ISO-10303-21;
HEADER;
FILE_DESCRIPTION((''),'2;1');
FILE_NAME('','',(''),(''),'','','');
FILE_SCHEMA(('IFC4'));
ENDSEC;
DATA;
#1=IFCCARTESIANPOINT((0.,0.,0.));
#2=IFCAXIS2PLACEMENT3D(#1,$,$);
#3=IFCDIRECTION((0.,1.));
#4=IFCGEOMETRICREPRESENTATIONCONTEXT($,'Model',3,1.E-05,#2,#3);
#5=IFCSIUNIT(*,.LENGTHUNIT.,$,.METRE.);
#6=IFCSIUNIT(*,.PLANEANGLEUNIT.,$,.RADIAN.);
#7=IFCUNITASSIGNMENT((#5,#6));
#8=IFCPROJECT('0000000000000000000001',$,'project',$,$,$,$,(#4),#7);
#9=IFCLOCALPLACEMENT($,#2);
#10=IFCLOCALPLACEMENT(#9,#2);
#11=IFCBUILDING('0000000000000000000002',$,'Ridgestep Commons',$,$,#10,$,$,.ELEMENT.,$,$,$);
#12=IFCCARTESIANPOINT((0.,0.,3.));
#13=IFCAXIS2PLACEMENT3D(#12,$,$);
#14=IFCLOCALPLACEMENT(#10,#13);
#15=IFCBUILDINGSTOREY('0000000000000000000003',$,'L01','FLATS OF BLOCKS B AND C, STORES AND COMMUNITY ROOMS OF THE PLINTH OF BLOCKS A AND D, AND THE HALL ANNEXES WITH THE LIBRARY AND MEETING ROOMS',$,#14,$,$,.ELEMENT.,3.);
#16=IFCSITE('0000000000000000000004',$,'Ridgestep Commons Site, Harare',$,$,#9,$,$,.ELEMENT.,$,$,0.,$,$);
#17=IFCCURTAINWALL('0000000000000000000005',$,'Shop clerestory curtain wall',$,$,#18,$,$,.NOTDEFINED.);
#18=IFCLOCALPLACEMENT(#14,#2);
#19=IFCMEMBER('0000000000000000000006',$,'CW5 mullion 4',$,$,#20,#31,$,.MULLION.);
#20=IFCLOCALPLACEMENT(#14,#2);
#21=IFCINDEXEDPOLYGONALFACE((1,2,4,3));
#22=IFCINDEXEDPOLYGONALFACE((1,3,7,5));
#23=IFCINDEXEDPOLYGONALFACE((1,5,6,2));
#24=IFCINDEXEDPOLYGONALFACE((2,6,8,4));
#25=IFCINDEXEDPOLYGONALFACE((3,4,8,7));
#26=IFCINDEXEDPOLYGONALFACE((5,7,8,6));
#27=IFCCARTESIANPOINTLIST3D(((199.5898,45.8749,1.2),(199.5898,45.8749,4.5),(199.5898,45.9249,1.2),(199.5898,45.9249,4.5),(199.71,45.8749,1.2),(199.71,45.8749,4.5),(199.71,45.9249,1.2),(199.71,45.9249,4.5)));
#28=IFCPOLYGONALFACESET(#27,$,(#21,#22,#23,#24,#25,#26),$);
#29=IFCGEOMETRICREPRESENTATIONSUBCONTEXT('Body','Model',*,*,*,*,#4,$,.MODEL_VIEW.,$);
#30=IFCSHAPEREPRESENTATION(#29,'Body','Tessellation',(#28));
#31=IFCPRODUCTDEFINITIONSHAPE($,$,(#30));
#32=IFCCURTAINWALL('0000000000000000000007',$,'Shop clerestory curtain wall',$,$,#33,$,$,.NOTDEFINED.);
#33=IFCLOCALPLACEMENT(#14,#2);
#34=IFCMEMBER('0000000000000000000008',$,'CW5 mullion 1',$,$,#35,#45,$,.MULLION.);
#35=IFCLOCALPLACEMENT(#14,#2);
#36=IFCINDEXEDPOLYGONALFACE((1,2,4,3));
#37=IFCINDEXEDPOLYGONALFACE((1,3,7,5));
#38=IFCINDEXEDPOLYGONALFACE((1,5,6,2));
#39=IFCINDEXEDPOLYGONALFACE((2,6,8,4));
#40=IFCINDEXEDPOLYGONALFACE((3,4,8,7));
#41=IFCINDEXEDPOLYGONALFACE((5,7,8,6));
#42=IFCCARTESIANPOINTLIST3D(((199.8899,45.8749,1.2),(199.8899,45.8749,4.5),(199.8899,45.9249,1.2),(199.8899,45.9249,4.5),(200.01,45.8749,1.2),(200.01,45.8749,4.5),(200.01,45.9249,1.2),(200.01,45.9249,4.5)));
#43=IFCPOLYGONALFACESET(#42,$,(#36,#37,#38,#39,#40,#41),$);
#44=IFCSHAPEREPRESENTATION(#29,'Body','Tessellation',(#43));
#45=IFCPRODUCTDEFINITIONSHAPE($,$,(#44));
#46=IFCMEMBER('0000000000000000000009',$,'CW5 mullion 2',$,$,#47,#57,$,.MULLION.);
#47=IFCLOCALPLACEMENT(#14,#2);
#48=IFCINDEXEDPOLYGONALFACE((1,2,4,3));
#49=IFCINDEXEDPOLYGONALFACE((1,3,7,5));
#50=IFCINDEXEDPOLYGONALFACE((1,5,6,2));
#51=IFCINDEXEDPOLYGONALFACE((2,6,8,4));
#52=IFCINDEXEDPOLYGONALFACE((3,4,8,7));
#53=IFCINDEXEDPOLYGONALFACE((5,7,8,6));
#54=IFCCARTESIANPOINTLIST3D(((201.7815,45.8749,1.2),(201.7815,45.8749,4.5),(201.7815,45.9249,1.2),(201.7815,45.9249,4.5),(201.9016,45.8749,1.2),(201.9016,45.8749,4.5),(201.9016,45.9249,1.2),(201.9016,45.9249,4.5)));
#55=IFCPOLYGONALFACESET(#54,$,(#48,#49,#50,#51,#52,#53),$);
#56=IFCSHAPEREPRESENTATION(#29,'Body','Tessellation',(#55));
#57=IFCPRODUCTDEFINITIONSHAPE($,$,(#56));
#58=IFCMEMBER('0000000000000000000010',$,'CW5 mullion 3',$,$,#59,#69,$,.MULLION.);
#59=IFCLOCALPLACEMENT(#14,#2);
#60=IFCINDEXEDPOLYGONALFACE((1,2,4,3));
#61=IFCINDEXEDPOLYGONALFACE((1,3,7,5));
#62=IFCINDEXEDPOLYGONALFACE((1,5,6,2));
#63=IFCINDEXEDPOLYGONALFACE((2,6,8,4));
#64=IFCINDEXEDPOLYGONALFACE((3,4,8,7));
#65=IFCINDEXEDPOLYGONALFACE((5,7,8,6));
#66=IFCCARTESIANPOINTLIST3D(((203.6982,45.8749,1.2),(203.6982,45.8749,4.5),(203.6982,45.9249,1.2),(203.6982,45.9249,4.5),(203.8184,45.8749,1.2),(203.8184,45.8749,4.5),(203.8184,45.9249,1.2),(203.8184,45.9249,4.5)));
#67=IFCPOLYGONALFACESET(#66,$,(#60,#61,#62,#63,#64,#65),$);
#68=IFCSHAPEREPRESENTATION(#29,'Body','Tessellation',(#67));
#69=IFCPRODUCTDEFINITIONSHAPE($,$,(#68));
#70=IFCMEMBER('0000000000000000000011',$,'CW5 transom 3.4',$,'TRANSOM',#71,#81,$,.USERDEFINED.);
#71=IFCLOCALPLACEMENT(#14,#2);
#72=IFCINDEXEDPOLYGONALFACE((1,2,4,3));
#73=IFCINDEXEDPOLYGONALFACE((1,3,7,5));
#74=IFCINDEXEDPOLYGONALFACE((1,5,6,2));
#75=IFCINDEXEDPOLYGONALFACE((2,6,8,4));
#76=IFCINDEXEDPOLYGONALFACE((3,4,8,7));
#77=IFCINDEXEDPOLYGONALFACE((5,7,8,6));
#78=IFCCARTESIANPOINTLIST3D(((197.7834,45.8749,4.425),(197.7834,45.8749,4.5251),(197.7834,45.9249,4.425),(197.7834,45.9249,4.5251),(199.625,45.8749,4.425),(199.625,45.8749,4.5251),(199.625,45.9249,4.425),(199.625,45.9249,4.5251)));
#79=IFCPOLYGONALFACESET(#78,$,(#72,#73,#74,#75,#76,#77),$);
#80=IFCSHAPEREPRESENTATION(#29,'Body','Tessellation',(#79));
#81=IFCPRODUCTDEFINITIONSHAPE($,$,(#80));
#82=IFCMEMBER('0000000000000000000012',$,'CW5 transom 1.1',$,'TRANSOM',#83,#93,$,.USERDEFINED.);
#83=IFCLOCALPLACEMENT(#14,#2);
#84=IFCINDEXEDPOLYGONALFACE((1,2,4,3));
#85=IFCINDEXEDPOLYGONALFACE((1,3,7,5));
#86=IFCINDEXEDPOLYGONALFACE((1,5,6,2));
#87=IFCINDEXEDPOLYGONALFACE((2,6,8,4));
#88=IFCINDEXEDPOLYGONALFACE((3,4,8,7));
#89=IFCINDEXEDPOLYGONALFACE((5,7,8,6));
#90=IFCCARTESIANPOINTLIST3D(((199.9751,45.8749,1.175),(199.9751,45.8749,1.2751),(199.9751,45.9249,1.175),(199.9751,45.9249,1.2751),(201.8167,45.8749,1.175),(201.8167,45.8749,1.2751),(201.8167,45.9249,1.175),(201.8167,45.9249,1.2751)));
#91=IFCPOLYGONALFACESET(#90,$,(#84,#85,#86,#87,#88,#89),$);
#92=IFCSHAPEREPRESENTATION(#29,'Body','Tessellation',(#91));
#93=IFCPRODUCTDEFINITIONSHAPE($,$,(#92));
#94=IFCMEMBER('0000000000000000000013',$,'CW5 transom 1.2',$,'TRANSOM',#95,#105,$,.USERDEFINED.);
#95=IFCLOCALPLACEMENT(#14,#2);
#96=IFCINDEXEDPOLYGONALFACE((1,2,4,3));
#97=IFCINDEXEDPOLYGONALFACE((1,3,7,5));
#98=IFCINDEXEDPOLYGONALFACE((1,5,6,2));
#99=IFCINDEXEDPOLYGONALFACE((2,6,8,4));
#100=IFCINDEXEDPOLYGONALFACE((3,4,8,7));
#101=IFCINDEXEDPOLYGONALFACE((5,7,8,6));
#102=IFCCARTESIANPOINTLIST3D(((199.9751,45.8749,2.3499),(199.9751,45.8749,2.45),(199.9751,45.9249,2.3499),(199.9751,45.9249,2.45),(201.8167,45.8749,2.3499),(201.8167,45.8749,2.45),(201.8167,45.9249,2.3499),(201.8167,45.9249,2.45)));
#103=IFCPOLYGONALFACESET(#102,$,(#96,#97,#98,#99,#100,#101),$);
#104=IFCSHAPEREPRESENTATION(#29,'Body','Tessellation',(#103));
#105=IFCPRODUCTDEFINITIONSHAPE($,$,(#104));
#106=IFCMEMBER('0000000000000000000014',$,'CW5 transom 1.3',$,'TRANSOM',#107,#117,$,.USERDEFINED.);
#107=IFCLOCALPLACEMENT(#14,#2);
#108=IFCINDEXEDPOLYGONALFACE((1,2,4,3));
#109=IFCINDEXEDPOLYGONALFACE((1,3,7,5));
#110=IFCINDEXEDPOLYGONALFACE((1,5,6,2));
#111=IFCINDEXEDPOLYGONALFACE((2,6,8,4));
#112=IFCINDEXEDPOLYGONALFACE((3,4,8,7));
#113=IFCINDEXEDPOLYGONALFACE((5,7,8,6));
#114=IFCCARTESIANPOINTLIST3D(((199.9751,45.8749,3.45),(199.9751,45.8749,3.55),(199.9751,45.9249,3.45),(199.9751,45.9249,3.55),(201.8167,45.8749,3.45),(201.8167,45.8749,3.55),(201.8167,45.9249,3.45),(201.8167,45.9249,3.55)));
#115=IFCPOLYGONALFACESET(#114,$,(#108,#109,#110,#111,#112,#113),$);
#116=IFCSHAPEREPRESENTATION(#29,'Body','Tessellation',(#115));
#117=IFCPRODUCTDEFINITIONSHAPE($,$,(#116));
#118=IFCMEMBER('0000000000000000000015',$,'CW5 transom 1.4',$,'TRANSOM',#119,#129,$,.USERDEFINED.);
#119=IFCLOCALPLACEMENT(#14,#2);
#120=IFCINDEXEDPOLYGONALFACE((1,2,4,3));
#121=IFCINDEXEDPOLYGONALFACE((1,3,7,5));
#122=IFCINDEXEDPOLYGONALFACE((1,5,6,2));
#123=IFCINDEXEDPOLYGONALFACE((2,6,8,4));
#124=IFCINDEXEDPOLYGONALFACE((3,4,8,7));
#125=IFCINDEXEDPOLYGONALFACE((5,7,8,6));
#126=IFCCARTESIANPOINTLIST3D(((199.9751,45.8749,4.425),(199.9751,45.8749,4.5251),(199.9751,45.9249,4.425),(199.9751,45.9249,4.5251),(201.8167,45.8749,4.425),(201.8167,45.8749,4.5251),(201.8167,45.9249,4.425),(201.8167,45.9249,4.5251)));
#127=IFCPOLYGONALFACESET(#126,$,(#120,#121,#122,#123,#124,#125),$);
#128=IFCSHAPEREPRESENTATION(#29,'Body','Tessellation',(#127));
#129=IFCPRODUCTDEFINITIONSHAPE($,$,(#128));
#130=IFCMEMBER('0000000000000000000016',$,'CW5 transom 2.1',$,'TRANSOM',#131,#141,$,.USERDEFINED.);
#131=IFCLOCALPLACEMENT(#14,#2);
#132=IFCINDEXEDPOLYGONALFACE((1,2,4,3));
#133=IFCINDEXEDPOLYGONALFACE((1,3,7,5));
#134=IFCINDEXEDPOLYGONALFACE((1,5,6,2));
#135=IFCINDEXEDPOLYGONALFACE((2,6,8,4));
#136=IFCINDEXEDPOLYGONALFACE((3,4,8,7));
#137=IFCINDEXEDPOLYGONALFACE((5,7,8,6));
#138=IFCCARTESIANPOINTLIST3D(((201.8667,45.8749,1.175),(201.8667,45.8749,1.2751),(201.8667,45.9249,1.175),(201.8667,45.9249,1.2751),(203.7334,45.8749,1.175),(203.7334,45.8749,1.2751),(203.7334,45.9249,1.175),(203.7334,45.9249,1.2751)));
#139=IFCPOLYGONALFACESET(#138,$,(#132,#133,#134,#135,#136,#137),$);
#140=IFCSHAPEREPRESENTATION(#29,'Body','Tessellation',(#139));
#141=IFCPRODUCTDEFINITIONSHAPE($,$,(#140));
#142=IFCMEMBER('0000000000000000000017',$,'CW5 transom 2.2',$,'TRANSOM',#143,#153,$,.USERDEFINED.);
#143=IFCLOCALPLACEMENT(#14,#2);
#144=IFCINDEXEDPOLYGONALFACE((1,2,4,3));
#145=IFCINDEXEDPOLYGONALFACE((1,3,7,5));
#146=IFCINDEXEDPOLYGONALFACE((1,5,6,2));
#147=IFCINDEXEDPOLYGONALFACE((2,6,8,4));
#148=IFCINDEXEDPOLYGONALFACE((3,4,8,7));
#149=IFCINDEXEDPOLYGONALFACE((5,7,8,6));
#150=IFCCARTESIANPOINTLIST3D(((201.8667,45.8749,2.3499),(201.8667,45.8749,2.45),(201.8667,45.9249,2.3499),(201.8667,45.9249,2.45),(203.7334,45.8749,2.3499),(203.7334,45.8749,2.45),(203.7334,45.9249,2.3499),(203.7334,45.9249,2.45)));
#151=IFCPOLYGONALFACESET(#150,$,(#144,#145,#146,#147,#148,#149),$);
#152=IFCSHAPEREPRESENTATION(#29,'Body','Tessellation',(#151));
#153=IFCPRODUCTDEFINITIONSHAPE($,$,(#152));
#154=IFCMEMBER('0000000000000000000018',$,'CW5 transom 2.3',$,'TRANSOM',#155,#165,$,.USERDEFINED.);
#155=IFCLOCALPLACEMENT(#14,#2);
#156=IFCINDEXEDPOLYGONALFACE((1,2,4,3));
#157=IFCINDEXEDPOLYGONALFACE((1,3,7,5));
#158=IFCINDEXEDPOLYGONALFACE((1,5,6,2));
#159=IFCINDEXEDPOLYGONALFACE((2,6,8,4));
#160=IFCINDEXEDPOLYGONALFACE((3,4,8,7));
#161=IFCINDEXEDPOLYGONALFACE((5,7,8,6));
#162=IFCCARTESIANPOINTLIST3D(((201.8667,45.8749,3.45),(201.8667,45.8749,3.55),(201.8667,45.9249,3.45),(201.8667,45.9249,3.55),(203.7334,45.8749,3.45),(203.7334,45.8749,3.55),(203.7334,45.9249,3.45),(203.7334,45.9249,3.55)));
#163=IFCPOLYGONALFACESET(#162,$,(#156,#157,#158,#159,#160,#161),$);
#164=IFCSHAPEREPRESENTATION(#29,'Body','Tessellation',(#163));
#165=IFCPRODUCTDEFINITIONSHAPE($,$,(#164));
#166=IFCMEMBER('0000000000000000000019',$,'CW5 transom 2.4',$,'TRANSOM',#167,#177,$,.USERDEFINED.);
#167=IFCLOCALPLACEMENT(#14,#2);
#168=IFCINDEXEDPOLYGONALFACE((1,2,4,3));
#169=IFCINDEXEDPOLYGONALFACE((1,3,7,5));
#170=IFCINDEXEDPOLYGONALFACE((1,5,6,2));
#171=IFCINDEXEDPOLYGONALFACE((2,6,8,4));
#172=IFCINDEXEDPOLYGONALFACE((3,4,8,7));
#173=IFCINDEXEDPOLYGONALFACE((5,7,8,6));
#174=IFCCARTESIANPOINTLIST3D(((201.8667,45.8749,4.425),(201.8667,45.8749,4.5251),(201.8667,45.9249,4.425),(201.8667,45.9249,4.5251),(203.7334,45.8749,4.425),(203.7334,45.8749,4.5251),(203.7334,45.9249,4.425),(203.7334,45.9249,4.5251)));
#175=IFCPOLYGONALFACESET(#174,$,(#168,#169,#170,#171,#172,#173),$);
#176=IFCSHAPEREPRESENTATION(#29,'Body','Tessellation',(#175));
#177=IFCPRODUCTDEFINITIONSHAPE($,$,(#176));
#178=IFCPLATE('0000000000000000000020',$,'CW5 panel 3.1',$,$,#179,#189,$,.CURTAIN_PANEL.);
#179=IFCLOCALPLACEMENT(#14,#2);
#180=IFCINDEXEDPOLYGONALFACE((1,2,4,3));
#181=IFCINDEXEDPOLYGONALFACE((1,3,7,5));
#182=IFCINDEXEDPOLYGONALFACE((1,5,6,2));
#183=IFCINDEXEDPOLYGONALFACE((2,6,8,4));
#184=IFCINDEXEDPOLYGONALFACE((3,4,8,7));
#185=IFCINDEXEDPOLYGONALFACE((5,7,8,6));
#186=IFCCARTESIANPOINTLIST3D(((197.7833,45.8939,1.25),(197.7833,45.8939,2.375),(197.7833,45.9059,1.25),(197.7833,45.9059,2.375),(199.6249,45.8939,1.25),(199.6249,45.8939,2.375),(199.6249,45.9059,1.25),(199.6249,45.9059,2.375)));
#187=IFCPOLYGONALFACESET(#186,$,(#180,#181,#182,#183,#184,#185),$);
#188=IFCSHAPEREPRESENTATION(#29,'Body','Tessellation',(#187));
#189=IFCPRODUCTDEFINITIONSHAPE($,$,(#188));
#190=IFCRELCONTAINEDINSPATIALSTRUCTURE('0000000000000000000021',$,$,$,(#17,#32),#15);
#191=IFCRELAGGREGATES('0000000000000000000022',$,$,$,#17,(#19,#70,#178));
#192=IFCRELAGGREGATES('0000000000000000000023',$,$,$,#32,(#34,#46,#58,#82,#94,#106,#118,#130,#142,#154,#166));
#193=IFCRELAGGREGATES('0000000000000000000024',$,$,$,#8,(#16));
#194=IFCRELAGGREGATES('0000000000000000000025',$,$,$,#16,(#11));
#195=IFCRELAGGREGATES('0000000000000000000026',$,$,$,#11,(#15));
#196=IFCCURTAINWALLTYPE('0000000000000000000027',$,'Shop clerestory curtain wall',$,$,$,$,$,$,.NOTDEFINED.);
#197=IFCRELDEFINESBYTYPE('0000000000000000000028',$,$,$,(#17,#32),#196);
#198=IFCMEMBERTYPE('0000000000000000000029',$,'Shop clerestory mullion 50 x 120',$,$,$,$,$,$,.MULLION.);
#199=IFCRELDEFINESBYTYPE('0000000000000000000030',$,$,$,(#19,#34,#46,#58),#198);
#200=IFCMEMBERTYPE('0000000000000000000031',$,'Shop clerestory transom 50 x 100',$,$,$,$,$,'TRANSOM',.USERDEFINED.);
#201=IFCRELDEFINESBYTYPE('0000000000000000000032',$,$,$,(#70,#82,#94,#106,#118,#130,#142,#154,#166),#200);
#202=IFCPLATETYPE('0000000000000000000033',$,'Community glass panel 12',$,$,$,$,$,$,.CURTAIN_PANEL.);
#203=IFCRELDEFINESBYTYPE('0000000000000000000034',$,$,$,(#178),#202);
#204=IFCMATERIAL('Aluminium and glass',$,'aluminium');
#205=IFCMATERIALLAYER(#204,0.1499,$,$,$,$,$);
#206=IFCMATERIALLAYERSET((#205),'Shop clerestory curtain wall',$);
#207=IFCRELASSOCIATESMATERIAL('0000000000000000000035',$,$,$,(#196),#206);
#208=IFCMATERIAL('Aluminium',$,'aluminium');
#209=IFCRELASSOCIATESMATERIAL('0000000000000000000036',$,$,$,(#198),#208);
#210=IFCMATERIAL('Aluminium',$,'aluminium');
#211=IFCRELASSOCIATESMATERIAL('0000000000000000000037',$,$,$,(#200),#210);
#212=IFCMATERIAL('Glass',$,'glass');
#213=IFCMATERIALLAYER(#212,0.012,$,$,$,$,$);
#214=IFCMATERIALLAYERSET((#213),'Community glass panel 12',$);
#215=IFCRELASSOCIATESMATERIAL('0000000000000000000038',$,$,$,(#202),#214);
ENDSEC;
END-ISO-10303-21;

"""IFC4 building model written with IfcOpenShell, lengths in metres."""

from ifc_helpers import new_model, si_unit, direction, frame, origin, origin_2d, place, context, subcontext, project, spatial, rectangle, extrude, material, layer, layer_set, material_profile, profile_set, type_object, element, aggregate, save


model = new_model("IFC4")

# Units and contexts
model_context = context("Model", 3, precision=1e-05, world=origin(), true_north=direction((0.0, 1.0)))
body_context = subcontext(model_context, "Body", "Model", "MODEL_VIEW")
ifc_project = project(units=[si_unit("LENGTHUNIT", "METRE"), si_unit("PLANEANGLEUNIT", "RADIAN")], contexts=[model_context])

# Site, building, storey
site_placement = place(None, origin())
site = spatial("IfcSite", under=ifc_project, at=site_placement, Name="Ridgestep Commons Site, Harare", CompositionType="ELEMENT", RefElevation=0.0)
building_placement = place(site_placement, origin())
building = spatial("IfcBuilding", under=site, at=building_placement, Name="Ridgestep Commons", CompositionType="ELEMENT")
storey_placement = place(building_placement, frame((0.0, 0.0, 3.0)))
storey = spatial("IfcBuildingStorey", under=building, at=storey_placement, Name="L01", Description="FLATS OF BLOCKS B AND C, STORES AND COMMUNITY ROOMS OF THE PLINTH OF BLOCKS A AND D, AND THE HALL ANNEXES WITH THE LIBRARY AND MEETING ROOMS", CompositionType="ELEMENT", Elevation=3.0)

# Curtain wall, member
ifc_material_1 = material(Name="Aluminium and glass", Category="aluminium")
ifc_layer_1 = layer(ifc_material_1, 0.1499)
ifc_layer_set_1 = layer_set([ifc_layer_1], Name="Shop clerestory curtain wall")
curtain_wall_type = type_object("IfcCurtainWallType", Name="Shop clerestory curtain wall", PredefinedType="NOTDEFINED", material=ifc_layer_set_1)
curtain_wall_1_placement = place(storey_placement, origin())
curtain_wall_1 = element("IfcCurtainWall", 1, at=curtain_wall_1_placement, inside=storey, type_object=curtain_wall_type, Name="Shop clerestory curtain wall", PredefinedType="NOTDEFINED")
ifc_material_2 = material(Name="Aluminium", Category="aluminium")
ifc_material_profile_1 = material_profile(ifc_material_2, rectangle(XDim=0.05, YDim=0.1201, at=origin_2d()), Name="Shop clerestory mullion 50 x 120")
ifc_profile_set_1 = profile_set([ifc_material_profile_1], Name="Aluminium")
member_type_1 = type_object("IfcMemberType", Name="Shop clerestory mullion 50 x 120", PredefinedType="MULLION", material=ifc_profile_set_1)
member_1_placement = place(storey_placement, frame((199.6499, 45.8999, 1.2), z_axis=(0.0, 0.0, 1.0), x_axis=(0.0, 1.0, 0.0)))
member_1 = element("IfcMember", 2, at=member_1_placement, type_object=member_type_1, Name="CW5 mullion 4", PredefinedType="MULLION", context=body_context, shape_type="SweptSolid", body=[
    extrude(rectangle(XDim=0.05, YDim=0.1201, at=origin_2d()), origin(), (0.0, 0.0, 1.0), 3.3),
])

# Curtain wall, members
curtain_wall_2_placement = place(storey_placement, origin())
curtain_wall_2 = element("IfcCurtainWall", 3, at=curtain_wall_2_placement, inside=storey, type_object=curtain_wall_type, Name="Shop clerestory curtain wall", PredefinedType="NOTDEFINED")
member_2_placement = place(storey_placement, frame((199.95, 45.8999, 1.2), z_axis=(0.0, 0.0, 1.0), x_axis=(0.0, 1.0, 0.0)))
member_2 = element("IfcMember", 4, at=member_2_placement, type_object=member_type_1, Name="CW5 mullion 1", PredefinedType="MULLION", context=body_context, shape_type="SweptSolid", body=[
    extrude(rectangle(XDim=0.05, YDim=0.1201, at=origin_2d()), origin(), (0.0, 0.0, 1.0), 3.3),
])
member_3_placement = place(storey_placement, frame((201.8416, 45.8999, 1.2), z_axis=(0.0, 0.0, 1.0), x_axis=(0.0, 1.0, 0.0)))
member_3 = element("IfcMember", 5, at=member_3_placement, type_object=member_type_1, Name="CW5 mullion 2", PredefinedType="MULLION", context=body_context, shape_type="SweptSolid", body=[
    extrude(rectangle(XDim=0.05, YDim=0.1201, at=origin_2d()), origin(), (0.0, 0.0, 1.0), 3.3),
])
member_4_placement = place(storey_placement, frame((203.7583, 45.8999, 1.2), z_axis=(0.0, 0.0, 1.0), x_axis=(0.0, 1.0, 0.0)))
member_4 = element("IfcMember", 6, at=member_4_placement, type_object=member_type_1, Name="CW5 mullion 3", PredefinedType="MULLION", context=body_context, shape_type="SweptSolid", body=[
    extrude(rectangle(XDim=0.05, YDim=0.1201, at=origin_2d()), origin(), (0.0, 0.0, 1.0), 3.3),
])

# Members
ifc_material_3 = material(Name="Aluminium", Category="aluminium")
ifc_material_profile_2 = material_profile(ifc_material_3, rectangle(XDim=0.05, YDim=0.1001, at=origin_2d()), Name="Shop clerestory transom 50 x 100")
ifc_profile_set_2 = profile_set([ifc_material_profile_2], Name="Aluminium")
member_type_2 = type_object("IfcMemberType", Name="Shop clerestory transom 50 x 100", ElementType="TRANSOM", PredefinedType="USERDEFINED", material=ifc_profile_set_2)
member_5_placement = place(storey_placement, frame((197.7834, 45.8999, 4.4751), z_axis=(1.0, 0.0, 0.0), x_axis=(0.0, 1.0, 0.0)))
member_5 = element("IfcMember", 7, at=member_5_placement, type_object=member_type_2, Name="CW5 transom 3.4", ObjectType="TRANSOM", PredefinedType="USERDEFINED", context=body_context, shape_type="SweptSolid", body=[
    extrude(rectangle(XDim=0.05, YDim=0.1001, at=origin_2d()), origin(), (0.0, 0.0, 1.0), 1.8416),
])
member_6_placement = place(storey_placement, frame((199.9751, 45.8999, 1.2251), z_axis=(1.0, 0.0, 0.0), x_axis=(0.0, 1.0, 0.0)))
member_6 = element("IfcMember", 8, at=member_6_placement, type_object=member_type_2, Name="CW5 transom 1.1", ObjectType="TRANSOM", PredefinedType="USERDEFINED", context=body_context, shape_type="SweptSolid", body=[
    extrude(rectangle(XDim=0.05, YDim=0.1001, at=origin_2d()), origin(), (0.0, 0.0, 1.0), 1.8416),
])
member_7_placement = place(storey_placement, frame((199.9751, 45.8999, 2.3999), z_axis=(1.0, 0.0, 0.0), x_axis=(0.0, 1.0, 0.0)))
member_7 = element("IfcMember", 9, at=member_7_placement, type_object=member_type_2, Name="CW5 transom 1.2", ObjectType="TRANSOM", PredefinedType="USERDEFINED", context=body_context, shape_type="SweptSolid", body=[
    extrude(rectangle(XDim=0.05, YDim=0.1001, at=origin_2d()), origin(), (0.0, 0.0, 1.0), 1.8416),
])
member_8_placement = place(storey_placement, frame((199.9751, 45.8999, 3.5), z_axis=(1.0, 0.0, 0.0), x_axis=(0.0, 1.0, 0.0)))
member_8 = element("IfcMember", 10, at=member_8_placement, type_object=member_type_2, Name="CW5 transom 1.3", ObjectType="TRANSOM", PredefinedType="USERDEFINED", context=body_context, shape_type="SweptSolid", body=[
    extrude(rectangle(XDim=0.05, YDim=0.1001, at=origin_2d()), origin(), (0.0, 0.0, 1.0), 1.8416),
])
member_9_placement = place(storey_placement, frame((199.9751, 45.8999, 4.4751), z_axis=(1.0, 0.0, 0.0), x_axis=(0.0, 1.0, 0.0)))
member_9 = element("IfcMember", 11, at=member_9_placement, type_object=member_type_2, Name="CW5 transom 1.4", ObjectType="TRANSOM", PredefinedType="USERDEFINED", context=body_context, shape_type="SweptSolid", body=[
    extrude(rectangle(XDim=0.05, YDim=0.1001, at=origin_2d()), origin(), (0.0, 0.0, 1.0), 1.8416),
])
member_10_placement = place(storey_placement, frame((201.8667, 45.8999, 1.2251), z_axis=(1.0, 0.0, 0.0), x_axis=(0.0, 1.0, 0.0)))
member_10 = element("IfcMember", 12, at=member_10_placement, type_object=member_type_2, Name="CW5 transom 2.1", ObjectType="TRANSOM", PredefinedType="USERDEFINED", context=body_context, shape_type="SweptSolid", body=[
    extrude(rectangle(XDim=0.05, YDim=0.1001, at=origin_2d()), origin(), (0.0, 0.0, 1.0), 1.8667),
])
member_11_placement = place(storey_placement, frame((201.8667, 45.8999, 2.3999), z_axis=(1.0, 0.0, 0.0), x_axis=(0.0, 1.0, 0.0)))
member_11 = element("IfcMember", 13, at=member_11_placement, type_object=member_type_2, Name="CW5 transom 2.2", ObjectType="TRANSOM", PredefinedType="USERDEFINED", context=body_context, shape_type="SweptSolid", body=[
    extrude(rectangle(XDim=0.05, YDim=0.1001, at=origin_2d()), origin(), (0.0, 0.0, 1.0), 1.8667),
])
member_12_placement = place(storey_placement, frame((201.8667, 45.8999, 3.5), z_axis=(1.0, 0.0, 0.0), x_axis=(0.0, 1.0, 0.0)))
member_12 = element("IfcMember", 14, at=member_12_placement, type_object=member_type_2, Name="CW5 transom 2.3", ObjectType="TRANSOM", PredefinedType="USERDEFINED", context=body_context, shape_type="SweptSolid", body=[
    extrude(rectangle(XDim=0.05, YDim=0.1001, at=origin_2d()), origin(), (0.0, 0.0, 1.0), 1.8667),
])
member_13_placement = place(storey_placement, frame((201.8667, 45.8999, 4.4751), z_axis=(1.0, 0.0, 0.0), x_axis=(0.0, 1.0, 0.0)))
member_13 = element("IfcMember", 15, at=member_13_placement, type_object=member_type_2, Name="CW5 transom 2.4", ObjectType="TRANSOM", PredefinedType="USERDEFINED", context=body_context, shape_type="SweptSolid", body=[
    extrude(rectangle(XDim=0.05, YDim=0.1001, at=origin_2d()), origin(), (0.0, 0.0, 1.0), 1.8667),
])

# Plate
ifc_material_4 = material(Name="Glass", Category="glass")
ifc_layer_2 = layer(ifc_material_4, 0.012)
ifc_layer_set_2 = layer_set([ifc_layer_2], Name="Community glass panel 12")
plate_type = type_object("IfcPlateType", Name="Community glass panel 12", PredefinedType="CURTAIN_PANEL", material=ifc_layer_set_2)
plate_1_placement = place(storey_placement, frame((198.7041, 45.8999, 1.25), z_axis=(0.0, 0.0, 1.0), x_axis=(1.0, 0.0, 0.0)))
plate_1 = element("IfcPlate", 16, at=plate_1_placement, type_object=plate_type, Name="CW5 panel 3.1", PredefinedType="CURTAIN_PANEL", context=body_context, shape_type="SweptSolid", body=[
    extrude(rectangle(XDim=1.8416, YDim=0.012, at=origin_2d()), origin(), (0.0, 0.0, 1.0), 1.125),
])
aggregate(curtain_wall_1, [member_1, member_5, plate_1])
aggregate(curtain_wall_2, [member_2, member_3, member_4, member_6, member_7, member_8, member_9, member_10, member_11, member_12, member_13])

save(model, "model.ifc")
